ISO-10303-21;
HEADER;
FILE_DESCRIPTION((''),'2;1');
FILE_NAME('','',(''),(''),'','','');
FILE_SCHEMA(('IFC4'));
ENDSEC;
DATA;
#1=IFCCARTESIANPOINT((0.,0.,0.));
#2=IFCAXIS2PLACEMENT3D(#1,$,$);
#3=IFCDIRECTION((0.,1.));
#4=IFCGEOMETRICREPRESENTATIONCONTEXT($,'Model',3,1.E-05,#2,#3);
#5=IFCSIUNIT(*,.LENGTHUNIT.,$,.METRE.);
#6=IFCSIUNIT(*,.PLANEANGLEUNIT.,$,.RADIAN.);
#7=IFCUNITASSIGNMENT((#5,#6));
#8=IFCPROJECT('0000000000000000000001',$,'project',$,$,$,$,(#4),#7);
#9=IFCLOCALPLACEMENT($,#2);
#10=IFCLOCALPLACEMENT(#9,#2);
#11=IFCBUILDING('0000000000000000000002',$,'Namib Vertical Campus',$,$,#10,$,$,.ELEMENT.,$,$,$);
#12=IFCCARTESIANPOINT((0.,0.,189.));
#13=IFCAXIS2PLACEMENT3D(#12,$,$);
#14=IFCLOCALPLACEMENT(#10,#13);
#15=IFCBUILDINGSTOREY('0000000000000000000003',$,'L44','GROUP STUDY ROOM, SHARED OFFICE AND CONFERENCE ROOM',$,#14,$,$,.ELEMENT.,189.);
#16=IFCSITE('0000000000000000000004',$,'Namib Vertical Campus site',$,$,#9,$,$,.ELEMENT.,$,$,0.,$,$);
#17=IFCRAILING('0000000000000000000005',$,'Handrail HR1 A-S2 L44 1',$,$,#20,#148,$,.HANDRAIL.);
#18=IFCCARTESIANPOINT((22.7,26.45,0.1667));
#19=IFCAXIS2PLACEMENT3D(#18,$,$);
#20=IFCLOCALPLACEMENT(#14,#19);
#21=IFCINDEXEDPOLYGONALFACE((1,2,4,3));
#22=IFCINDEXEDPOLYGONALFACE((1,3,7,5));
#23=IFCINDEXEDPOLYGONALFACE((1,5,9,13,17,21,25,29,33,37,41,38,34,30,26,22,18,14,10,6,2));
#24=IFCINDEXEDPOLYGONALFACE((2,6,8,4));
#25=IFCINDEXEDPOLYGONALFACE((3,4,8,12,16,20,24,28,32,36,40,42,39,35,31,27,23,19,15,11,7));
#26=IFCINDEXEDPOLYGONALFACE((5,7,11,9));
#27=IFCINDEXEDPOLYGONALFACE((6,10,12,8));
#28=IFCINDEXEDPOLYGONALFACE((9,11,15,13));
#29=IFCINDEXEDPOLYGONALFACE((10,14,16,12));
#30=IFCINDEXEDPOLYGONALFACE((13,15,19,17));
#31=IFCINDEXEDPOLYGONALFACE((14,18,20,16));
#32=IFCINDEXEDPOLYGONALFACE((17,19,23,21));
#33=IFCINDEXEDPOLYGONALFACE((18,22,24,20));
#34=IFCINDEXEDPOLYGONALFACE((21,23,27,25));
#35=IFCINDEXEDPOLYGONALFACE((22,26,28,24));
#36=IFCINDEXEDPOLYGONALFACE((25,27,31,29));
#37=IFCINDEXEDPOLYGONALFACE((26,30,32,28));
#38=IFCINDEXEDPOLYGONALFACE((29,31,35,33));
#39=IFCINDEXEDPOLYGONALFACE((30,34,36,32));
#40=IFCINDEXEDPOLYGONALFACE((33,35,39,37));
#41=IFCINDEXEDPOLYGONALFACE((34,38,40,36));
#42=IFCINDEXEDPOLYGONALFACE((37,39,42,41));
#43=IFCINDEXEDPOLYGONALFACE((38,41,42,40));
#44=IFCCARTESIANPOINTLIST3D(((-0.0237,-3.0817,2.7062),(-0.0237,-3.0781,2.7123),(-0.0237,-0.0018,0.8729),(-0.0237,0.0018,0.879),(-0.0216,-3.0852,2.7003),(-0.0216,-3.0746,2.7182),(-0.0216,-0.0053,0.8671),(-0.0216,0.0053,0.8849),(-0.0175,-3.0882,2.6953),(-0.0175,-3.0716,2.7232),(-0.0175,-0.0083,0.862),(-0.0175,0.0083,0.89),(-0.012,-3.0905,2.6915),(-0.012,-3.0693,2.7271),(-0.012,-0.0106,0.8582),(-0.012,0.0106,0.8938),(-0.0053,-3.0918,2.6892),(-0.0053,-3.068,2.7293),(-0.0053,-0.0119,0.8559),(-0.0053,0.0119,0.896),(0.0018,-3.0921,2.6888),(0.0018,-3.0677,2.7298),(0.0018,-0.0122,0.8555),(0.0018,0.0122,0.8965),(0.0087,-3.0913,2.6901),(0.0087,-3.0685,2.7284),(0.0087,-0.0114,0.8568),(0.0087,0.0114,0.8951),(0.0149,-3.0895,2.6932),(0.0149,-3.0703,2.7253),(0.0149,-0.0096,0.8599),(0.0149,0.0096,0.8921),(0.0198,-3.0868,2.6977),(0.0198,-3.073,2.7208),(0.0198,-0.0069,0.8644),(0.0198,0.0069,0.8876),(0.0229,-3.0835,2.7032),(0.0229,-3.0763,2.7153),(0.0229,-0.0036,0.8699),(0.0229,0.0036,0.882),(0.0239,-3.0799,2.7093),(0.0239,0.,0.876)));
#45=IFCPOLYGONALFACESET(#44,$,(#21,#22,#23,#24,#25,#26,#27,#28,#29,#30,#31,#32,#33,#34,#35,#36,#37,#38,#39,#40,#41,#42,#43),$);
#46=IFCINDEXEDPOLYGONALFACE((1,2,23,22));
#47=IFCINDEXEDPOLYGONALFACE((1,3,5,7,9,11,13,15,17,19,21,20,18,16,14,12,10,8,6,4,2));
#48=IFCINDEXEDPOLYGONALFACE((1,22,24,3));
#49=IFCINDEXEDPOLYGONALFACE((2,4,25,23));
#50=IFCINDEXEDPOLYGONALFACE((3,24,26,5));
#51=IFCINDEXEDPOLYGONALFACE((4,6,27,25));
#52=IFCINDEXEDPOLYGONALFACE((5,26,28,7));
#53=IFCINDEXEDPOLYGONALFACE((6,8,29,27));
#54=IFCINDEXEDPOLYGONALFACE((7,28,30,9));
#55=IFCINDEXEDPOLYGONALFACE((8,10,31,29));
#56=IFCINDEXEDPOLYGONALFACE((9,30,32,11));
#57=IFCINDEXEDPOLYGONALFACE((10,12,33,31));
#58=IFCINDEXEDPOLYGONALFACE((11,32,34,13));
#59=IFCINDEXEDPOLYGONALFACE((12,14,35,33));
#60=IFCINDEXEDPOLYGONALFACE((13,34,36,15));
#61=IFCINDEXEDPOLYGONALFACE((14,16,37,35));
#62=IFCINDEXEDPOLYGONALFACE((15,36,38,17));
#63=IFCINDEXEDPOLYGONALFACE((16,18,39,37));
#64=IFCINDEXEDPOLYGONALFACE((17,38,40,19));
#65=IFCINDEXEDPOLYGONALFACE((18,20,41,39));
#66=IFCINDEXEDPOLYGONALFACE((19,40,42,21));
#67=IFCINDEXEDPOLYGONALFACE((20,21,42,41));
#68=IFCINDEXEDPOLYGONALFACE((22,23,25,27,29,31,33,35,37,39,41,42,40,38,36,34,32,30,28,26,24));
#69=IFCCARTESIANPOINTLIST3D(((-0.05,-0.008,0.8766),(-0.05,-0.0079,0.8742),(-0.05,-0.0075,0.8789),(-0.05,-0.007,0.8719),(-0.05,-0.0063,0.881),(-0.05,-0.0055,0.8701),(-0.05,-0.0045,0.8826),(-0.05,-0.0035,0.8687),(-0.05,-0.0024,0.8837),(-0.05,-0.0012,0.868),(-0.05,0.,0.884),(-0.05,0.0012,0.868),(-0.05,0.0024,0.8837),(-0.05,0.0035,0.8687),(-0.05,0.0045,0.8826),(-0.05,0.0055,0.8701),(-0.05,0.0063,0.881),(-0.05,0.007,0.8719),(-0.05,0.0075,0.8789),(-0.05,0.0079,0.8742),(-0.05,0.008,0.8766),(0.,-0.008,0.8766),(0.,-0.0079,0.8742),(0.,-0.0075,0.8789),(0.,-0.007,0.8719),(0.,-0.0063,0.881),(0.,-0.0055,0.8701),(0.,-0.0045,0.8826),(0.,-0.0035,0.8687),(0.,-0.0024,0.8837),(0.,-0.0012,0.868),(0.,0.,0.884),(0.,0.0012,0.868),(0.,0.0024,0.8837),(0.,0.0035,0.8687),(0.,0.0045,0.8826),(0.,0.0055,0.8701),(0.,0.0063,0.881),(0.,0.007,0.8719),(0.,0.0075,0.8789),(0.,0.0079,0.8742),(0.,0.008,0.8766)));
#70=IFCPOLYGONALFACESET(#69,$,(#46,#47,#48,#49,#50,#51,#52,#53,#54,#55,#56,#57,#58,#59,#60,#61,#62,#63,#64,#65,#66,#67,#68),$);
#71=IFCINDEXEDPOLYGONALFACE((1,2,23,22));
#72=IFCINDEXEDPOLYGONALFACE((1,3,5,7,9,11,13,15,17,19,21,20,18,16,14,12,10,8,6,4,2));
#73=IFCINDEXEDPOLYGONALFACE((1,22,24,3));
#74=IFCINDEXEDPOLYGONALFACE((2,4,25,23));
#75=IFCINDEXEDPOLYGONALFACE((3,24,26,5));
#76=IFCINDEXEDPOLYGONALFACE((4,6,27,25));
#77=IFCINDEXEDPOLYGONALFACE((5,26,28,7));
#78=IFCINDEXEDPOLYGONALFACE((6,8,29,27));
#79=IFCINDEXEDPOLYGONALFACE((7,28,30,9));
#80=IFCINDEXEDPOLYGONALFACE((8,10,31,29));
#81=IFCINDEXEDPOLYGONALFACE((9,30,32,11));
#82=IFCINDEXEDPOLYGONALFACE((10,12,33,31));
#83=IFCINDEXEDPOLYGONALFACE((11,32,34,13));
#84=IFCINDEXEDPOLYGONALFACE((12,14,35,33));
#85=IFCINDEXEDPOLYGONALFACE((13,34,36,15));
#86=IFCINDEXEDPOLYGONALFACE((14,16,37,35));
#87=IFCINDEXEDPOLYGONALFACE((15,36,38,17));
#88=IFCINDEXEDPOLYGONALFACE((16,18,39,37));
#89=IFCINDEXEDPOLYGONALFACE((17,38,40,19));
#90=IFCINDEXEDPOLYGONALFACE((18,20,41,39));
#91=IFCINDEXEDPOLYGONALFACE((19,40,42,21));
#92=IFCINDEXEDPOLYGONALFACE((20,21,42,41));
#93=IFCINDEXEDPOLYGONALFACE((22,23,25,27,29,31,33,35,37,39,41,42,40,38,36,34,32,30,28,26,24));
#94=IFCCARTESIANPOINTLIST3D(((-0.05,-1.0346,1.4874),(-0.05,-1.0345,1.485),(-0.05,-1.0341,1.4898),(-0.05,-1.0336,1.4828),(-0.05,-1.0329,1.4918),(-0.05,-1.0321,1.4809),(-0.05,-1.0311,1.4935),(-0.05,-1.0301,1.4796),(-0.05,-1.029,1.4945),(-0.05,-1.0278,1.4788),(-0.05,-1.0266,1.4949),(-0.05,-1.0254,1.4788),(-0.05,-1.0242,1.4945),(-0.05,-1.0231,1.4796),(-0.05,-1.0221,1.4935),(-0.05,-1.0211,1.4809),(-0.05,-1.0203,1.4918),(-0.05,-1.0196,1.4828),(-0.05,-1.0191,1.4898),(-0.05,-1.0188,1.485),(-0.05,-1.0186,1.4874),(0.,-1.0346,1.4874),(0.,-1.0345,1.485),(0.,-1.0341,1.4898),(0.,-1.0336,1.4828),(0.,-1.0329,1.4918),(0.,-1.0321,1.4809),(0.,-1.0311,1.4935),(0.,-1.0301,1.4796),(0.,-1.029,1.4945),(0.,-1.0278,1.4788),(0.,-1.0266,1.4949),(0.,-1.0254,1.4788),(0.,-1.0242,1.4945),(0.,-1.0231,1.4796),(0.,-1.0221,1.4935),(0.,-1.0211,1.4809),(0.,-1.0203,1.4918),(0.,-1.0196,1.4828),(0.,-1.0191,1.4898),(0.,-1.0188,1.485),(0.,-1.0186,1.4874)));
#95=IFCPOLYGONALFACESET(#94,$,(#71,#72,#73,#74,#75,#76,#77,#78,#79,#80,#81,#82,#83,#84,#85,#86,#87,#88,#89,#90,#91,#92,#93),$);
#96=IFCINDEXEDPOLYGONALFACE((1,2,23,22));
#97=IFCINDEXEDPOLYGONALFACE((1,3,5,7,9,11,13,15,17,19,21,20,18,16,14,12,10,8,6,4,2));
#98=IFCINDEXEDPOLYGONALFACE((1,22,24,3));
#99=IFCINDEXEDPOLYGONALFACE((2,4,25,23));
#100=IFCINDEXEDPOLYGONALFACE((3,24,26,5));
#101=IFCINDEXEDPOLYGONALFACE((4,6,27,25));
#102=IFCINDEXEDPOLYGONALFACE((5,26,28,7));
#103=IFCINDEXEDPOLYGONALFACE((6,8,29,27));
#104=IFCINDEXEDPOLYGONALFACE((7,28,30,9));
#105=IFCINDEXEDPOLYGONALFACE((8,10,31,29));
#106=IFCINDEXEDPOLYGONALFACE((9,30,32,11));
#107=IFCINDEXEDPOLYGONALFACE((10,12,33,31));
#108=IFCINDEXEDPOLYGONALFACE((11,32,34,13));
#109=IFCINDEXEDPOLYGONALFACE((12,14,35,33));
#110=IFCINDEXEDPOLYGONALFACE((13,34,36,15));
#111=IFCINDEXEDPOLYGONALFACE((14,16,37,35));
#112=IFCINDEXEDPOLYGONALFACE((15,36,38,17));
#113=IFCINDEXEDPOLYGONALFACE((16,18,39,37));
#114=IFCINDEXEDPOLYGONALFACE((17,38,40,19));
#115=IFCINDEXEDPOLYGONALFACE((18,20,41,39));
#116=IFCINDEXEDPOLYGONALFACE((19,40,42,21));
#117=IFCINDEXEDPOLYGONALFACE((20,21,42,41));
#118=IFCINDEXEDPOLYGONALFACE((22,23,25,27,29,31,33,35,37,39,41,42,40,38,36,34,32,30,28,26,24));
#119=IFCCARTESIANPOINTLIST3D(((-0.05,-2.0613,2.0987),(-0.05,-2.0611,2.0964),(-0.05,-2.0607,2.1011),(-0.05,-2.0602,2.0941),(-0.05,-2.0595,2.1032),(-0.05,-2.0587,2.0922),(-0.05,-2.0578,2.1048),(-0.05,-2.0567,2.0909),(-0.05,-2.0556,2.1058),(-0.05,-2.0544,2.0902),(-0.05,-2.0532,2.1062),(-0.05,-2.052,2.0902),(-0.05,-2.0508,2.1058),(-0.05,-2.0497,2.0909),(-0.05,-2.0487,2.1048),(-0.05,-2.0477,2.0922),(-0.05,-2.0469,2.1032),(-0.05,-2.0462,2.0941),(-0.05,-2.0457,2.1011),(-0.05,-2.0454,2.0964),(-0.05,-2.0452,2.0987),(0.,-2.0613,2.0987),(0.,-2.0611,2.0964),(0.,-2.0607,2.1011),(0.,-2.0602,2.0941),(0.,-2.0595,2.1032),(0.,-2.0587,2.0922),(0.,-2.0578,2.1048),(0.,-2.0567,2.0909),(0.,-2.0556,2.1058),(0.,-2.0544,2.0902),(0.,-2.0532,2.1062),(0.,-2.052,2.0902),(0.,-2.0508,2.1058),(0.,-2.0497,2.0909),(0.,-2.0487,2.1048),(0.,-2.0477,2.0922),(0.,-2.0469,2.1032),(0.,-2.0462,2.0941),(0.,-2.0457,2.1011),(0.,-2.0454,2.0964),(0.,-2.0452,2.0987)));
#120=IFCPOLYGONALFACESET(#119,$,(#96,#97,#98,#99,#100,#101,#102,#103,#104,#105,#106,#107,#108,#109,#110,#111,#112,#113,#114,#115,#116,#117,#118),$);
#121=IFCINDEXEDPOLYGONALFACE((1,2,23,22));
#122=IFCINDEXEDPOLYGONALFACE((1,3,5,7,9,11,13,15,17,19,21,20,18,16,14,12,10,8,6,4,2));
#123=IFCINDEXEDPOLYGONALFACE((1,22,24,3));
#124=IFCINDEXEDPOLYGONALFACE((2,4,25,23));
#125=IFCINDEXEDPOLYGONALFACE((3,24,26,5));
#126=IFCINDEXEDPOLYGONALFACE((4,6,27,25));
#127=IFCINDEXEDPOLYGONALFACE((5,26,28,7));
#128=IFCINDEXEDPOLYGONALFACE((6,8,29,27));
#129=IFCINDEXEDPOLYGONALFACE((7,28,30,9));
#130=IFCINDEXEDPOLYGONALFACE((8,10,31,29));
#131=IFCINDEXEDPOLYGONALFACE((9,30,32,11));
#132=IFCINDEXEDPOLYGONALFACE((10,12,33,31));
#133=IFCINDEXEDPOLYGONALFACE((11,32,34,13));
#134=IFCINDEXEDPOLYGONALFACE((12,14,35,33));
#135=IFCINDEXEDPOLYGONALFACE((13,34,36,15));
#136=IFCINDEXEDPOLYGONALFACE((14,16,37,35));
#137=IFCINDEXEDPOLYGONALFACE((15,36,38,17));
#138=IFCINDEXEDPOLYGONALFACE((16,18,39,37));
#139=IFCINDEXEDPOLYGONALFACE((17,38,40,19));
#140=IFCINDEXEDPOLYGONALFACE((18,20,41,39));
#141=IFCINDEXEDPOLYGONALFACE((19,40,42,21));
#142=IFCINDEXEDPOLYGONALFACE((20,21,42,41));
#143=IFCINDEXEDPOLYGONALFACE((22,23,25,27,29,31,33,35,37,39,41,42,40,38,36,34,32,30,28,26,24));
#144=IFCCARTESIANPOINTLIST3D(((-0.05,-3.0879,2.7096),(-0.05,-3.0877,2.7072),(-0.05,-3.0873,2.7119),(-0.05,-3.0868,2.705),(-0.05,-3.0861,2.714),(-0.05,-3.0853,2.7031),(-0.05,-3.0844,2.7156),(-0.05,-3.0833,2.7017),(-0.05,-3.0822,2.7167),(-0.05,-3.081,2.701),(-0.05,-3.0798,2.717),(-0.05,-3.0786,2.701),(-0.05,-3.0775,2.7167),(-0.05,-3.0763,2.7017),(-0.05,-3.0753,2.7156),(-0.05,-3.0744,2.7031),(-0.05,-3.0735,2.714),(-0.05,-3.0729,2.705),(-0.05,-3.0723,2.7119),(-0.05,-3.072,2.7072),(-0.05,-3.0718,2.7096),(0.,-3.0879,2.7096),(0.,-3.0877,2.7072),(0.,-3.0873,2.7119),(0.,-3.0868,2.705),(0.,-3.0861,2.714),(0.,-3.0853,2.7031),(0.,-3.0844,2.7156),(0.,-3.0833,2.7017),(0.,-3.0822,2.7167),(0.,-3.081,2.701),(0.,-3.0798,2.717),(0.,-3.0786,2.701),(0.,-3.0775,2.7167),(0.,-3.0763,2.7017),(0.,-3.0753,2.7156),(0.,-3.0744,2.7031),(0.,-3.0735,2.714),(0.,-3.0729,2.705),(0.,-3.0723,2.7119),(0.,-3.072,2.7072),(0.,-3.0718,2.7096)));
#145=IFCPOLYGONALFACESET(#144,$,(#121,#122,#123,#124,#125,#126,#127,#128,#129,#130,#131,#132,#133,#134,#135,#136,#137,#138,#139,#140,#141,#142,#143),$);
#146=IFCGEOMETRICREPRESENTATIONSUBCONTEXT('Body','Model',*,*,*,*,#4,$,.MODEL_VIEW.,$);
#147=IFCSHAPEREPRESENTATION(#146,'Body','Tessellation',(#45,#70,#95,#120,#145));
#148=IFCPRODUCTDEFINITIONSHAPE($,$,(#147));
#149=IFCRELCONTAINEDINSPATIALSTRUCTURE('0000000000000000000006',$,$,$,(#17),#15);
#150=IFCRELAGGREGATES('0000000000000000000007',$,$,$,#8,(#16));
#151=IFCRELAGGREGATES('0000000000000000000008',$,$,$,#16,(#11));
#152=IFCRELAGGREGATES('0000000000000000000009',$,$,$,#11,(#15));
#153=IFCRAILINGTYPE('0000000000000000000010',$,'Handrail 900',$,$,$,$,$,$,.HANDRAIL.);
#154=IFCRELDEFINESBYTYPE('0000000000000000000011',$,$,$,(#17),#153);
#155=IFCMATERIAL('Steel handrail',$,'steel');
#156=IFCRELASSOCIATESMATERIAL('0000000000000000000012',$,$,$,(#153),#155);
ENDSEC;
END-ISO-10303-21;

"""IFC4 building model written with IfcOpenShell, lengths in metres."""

from ifc_helpers import new_model, si_unit, direction, frame, origin, origin_2d, place, context, subcontext, project, spatial, circle, extrude, material, type_object, element, save


model = new_model("IFC4")

# Units and contexts
model_context = context("Model", 3, precision=1e-05, world=origin(), true_north=direction((0.0, 1.0)))
body_context = subcontext(model_context, "Body", "Model", "MODEL_VIEW")
ifc_project = project(units=[si_unit("LENGTHUNIT", "METRE"), si_unit("PLANEANGLEUNIT", "RADIAN")], contexts=[model_context])

# Site, building, storey
site_placement = place(None, origin())
site = spatial("IfcSite", under=ifc_project, at=site_placement, Name="Namib Vertical Campus site", CompositionType="ELEMENT", RefElevation=0.0)
building_placement = place(site_placement, origin())
building = spatial("IfcBuilding", under=site, at=building_placement, Name="Namib Vertical Campus", CompositionType="ELEMENT")
storey_placement = place(building_placement, frame((0.0, 0.0, 189.0)))
storey = spatial("IfcBuildingStorey", under=building, at=storey_placement, Name="L44", Description="GROUP STUDY ROOM, SHARED OFFICE AND CONFERENCE ROOM", CompositionType="ELEMENT", Elevation=189.0)

# Railing
ifc_material_1 = material(Name="Steel handrail", Category="steel")
railing_type_1 = type_object("IfcRailingType", Name="Handrail 900", PredefinedType="HANDRAIL", material=ifc_material_1)
railing_1_placement = place(storey_placement, frame((22.7, 26.45, 0.1667)))
element("IfcRailing", 1, at=railing_1_placement, inside=storey, type_object=railing_type_1, Name="Handrail HR1 A-S2 L44 1", PredefinedType="HANDRAIL", context=body_context, shape_type="SweptSolid", body=[
    extrude(circle(Radius=0.0239, at=origin_2d()), frame((0.0, 0.0, 0.876), z_axis=(0.0, -0.859291, 0.511487), x_axis=(1.0, 0.0, 0.0)), (0.0, 0.0, 1.0), 3.5842),
    extrude(circle(Radius=0.0081, at=origin_2d()), frame((0.0, 0.0, 0.876), z_axis=(-1.0, 0.0, 0.0), x_axis=(0.0, 0.0, 1.0)), (0.0, 0.0, 1.0), 0.05),
    extrude(circle(Radius=0.0081, at=origin_2d()), frame((0.0, -1.0266, 1.4868), z_axis=(-1.0, 0.0, 0.0), x_axis=(0.0, 0.0, 1.0)), (0.0, 0.0, 1.0), 0.05),
    extrude(circle(Radius=0.0081, at=origin_2d()), frame((0.0, -2.0532, 2.0981), z_axis=(-1.0, 0.0, 0.0), x_axis=(0.0, 0.0, 1.0)), (0.0, 0.0, 1.0), 0.05),
    extrude(circle(Radius=0.0081, at=origin_2d()), frame((0.0, -3.0798, 2.709), z_axis=(-1.0, 0.0, 0.0), x_axis=(0.0, 0.0, 1.0)), (0.0, 0.0, 1.0), 0.05),
])

save(model, "model.ifc")
